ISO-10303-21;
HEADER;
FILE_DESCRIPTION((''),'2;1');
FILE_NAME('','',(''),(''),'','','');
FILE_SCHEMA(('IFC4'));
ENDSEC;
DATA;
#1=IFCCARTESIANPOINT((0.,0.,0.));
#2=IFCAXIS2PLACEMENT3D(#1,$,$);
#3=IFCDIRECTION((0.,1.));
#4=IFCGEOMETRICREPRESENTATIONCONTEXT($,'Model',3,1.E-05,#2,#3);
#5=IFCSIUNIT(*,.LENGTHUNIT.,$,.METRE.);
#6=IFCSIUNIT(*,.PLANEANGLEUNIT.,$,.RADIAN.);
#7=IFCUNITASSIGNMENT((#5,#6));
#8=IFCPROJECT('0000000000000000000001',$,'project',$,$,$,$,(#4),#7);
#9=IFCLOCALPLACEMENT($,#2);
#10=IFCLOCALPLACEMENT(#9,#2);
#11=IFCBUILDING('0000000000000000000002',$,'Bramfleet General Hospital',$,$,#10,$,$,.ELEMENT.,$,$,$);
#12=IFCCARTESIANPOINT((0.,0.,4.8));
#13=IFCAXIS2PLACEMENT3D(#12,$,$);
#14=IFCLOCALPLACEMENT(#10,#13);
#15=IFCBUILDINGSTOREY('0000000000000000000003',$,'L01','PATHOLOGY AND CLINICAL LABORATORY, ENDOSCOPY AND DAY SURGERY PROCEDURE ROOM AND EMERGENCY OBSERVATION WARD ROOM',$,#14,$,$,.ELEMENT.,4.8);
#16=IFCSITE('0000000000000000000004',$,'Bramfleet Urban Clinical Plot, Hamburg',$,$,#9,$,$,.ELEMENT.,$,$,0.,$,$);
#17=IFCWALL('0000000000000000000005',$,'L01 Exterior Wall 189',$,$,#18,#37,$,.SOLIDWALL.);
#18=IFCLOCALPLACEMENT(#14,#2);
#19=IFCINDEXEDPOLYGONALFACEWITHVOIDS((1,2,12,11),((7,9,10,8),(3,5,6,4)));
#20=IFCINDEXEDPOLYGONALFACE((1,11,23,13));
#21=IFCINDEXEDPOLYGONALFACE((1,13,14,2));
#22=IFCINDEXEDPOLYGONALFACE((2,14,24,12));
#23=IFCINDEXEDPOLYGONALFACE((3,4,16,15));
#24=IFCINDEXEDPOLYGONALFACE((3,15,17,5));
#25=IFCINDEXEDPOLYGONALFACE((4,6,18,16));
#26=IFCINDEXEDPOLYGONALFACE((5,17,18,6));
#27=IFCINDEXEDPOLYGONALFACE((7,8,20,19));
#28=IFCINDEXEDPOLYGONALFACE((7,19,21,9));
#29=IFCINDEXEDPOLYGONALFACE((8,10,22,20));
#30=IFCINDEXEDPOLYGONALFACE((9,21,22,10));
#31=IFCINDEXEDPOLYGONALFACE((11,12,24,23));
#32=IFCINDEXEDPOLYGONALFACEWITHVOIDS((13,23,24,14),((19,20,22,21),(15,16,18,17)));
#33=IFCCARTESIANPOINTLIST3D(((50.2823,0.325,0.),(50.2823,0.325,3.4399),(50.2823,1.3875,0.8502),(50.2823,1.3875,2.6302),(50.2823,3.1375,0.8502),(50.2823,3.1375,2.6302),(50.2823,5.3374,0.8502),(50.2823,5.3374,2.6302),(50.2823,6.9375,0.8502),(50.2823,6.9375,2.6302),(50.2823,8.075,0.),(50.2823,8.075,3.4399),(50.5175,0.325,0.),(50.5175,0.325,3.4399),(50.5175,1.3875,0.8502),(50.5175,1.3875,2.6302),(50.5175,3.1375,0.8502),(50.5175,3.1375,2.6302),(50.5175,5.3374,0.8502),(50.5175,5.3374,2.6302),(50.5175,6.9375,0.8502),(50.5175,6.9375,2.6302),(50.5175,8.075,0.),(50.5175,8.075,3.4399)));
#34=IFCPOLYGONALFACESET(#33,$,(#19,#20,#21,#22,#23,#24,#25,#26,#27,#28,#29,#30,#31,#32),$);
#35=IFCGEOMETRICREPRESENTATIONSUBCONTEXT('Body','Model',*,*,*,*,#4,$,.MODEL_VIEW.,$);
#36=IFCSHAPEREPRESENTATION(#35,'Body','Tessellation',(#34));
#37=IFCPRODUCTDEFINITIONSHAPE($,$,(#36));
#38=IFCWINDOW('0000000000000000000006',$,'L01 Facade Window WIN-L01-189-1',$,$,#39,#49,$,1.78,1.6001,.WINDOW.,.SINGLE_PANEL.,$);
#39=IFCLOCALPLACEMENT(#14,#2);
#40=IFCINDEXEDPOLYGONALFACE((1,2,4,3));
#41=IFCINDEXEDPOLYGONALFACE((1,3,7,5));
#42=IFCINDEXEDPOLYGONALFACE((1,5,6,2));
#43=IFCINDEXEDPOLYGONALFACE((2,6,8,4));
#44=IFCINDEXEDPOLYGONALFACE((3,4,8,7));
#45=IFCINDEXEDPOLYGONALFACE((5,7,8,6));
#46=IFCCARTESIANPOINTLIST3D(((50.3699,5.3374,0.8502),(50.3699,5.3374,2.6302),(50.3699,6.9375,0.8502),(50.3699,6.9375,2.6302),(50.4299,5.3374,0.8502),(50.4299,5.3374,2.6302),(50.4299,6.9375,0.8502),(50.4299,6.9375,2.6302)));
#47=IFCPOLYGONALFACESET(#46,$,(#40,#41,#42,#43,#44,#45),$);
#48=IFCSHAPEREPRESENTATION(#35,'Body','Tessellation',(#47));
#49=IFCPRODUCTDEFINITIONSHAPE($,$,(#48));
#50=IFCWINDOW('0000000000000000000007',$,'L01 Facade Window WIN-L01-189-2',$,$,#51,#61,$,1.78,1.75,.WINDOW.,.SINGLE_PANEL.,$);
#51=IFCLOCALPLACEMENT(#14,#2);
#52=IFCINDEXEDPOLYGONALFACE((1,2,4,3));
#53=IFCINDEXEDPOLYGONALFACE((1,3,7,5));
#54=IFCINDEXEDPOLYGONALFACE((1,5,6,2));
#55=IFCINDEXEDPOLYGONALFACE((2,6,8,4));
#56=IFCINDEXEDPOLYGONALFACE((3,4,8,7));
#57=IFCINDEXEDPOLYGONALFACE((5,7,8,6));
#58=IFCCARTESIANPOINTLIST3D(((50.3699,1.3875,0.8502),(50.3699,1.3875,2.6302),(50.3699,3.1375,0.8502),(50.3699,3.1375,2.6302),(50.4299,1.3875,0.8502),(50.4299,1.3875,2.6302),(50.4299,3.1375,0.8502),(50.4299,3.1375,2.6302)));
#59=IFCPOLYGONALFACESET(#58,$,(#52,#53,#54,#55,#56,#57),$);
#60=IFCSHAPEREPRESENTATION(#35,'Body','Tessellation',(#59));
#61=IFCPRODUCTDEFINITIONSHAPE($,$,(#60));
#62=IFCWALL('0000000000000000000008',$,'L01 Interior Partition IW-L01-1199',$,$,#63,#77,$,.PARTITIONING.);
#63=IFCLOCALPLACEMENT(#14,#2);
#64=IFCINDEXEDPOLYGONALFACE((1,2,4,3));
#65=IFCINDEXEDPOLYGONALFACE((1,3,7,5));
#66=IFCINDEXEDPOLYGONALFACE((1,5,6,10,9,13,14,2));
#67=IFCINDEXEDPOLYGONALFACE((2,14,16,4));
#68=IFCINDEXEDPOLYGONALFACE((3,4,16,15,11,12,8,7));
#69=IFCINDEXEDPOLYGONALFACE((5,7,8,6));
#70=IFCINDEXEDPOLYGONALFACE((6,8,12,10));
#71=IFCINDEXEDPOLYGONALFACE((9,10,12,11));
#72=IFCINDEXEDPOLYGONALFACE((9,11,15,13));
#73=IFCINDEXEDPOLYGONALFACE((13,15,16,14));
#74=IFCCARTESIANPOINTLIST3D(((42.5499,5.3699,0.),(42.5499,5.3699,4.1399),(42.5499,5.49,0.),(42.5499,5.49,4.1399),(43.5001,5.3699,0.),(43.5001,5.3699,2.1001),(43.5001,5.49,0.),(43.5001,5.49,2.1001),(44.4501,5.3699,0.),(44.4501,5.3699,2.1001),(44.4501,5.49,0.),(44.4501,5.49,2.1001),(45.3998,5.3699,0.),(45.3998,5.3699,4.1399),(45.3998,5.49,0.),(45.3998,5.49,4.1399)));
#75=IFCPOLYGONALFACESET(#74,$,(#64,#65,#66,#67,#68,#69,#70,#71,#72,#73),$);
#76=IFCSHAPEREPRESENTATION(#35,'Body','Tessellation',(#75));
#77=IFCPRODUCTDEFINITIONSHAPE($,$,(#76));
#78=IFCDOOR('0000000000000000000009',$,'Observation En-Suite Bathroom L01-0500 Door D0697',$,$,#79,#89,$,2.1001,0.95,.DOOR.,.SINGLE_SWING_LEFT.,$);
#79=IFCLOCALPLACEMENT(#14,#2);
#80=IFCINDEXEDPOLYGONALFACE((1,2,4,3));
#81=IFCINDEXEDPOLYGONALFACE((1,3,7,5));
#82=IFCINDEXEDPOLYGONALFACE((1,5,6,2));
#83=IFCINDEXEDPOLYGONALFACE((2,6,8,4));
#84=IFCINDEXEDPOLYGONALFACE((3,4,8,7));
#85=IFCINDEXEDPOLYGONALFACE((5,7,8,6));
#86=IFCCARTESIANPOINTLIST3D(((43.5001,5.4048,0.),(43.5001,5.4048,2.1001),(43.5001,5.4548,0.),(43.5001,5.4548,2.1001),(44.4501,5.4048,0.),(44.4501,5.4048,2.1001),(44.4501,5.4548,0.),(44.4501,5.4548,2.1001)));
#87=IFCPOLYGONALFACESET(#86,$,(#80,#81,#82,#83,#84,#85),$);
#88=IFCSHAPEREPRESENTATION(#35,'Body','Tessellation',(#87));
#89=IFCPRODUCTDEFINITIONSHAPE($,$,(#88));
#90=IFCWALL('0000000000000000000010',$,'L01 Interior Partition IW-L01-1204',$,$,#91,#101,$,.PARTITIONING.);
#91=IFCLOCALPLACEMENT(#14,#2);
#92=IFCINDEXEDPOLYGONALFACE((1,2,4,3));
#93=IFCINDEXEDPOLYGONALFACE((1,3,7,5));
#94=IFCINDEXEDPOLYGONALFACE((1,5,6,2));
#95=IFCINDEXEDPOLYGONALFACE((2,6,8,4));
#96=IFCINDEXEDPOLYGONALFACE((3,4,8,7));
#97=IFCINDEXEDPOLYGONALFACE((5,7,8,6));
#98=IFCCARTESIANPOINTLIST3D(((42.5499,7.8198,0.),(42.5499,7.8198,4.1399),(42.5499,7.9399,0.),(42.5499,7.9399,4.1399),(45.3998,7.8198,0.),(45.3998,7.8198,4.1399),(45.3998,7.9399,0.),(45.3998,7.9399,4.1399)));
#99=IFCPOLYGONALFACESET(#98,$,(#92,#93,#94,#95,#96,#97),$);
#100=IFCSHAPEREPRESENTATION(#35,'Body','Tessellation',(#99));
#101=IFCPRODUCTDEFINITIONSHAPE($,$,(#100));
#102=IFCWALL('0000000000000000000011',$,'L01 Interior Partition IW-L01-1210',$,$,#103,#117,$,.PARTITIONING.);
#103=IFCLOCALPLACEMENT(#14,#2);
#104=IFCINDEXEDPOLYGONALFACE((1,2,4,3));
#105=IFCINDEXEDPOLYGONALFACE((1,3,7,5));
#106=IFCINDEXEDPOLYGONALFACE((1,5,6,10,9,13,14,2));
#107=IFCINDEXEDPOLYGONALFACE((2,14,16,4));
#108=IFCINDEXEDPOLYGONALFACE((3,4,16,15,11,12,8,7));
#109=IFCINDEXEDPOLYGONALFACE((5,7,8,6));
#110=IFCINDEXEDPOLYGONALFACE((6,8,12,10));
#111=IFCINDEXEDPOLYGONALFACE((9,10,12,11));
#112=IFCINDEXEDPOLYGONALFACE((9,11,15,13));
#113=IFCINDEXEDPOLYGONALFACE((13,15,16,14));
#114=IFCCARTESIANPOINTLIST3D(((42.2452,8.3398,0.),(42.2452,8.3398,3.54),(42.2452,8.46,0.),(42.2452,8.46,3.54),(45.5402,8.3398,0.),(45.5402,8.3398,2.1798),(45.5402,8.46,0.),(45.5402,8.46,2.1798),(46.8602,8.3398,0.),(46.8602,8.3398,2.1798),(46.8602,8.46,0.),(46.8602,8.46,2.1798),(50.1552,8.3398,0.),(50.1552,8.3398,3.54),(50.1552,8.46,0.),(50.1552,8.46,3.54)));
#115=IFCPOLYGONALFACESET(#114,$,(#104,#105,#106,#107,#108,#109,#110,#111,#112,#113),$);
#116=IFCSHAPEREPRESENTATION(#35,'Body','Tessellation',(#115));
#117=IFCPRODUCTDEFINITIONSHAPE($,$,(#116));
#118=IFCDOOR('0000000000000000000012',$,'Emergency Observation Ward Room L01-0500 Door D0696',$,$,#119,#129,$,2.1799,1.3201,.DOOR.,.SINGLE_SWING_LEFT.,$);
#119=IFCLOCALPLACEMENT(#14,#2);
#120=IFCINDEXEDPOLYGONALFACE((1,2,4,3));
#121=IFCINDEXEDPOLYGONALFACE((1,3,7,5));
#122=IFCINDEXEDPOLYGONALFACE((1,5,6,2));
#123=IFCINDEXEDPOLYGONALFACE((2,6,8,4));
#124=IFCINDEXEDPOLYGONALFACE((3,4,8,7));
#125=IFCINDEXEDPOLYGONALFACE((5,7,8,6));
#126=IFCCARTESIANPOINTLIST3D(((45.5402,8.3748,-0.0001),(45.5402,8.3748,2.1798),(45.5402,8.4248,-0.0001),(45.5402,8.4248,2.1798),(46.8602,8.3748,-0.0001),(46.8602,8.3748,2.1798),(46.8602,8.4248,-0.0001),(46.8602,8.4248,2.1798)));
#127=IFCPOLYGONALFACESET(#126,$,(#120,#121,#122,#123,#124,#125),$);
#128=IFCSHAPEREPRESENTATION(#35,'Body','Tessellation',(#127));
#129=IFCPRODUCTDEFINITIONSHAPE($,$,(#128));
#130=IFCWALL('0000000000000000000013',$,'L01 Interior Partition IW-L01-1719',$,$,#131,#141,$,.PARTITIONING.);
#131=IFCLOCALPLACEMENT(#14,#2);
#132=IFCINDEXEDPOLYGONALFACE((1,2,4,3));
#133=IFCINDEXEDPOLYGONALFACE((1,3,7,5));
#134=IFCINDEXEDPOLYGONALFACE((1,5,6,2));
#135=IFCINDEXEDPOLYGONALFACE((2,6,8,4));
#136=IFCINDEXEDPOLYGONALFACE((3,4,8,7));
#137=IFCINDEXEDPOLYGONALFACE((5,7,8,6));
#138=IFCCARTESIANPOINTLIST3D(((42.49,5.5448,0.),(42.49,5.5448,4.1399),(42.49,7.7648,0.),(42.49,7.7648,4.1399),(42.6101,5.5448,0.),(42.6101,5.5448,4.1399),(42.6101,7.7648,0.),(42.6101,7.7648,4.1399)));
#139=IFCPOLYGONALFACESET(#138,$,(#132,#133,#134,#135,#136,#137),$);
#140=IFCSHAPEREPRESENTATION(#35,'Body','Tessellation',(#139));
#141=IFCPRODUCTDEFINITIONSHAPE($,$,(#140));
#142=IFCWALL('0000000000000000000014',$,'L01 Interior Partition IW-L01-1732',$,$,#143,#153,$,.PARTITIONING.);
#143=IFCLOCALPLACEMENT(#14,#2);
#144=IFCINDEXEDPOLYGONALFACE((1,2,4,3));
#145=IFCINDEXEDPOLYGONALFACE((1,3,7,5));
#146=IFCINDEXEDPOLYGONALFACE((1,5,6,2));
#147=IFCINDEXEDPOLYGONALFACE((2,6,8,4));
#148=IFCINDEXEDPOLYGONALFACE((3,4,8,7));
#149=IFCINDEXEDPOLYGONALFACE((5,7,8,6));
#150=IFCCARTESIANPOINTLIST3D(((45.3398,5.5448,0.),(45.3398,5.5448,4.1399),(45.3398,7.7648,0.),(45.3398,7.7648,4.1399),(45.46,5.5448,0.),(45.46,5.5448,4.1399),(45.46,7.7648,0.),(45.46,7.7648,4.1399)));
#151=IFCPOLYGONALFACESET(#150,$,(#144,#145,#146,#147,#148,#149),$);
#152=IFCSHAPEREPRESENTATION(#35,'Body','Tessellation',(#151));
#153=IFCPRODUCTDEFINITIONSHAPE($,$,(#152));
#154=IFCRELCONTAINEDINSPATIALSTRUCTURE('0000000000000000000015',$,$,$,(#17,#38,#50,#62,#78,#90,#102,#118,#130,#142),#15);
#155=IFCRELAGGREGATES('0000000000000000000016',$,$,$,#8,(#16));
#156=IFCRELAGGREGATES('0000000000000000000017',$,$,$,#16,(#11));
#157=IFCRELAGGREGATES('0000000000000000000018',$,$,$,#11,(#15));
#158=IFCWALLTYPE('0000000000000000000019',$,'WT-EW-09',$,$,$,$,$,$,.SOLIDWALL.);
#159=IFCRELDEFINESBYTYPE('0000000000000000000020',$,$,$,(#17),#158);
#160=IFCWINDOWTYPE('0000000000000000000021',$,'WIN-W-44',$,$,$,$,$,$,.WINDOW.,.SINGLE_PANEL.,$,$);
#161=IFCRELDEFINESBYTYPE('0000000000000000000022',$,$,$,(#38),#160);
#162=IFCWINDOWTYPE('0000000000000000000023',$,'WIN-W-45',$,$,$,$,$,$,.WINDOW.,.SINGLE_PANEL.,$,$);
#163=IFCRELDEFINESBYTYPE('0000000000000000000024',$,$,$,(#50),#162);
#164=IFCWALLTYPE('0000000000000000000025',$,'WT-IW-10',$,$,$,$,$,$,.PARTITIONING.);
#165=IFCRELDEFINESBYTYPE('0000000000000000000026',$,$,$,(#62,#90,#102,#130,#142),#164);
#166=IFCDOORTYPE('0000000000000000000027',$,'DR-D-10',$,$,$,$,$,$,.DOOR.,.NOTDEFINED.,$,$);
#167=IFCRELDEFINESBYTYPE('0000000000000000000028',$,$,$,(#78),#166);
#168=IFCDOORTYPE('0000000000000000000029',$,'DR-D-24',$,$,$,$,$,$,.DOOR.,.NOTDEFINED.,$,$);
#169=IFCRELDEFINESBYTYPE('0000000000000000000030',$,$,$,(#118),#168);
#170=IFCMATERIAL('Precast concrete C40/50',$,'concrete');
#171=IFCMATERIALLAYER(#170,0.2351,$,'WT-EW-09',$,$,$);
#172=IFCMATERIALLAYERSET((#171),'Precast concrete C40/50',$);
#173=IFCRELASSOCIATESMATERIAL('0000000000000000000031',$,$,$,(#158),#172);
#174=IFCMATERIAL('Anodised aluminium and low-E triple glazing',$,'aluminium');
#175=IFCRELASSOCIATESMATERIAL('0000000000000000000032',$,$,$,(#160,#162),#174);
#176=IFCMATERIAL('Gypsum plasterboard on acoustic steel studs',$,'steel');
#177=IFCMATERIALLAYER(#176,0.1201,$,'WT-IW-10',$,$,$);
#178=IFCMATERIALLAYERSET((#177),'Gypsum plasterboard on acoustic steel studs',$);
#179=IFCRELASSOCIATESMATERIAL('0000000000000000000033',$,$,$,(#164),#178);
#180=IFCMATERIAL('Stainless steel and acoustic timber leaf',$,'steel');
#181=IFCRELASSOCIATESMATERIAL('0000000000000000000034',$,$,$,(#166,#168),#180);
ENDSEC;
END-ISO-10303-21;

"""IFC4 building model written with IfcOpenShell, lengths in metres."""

from ifc_helpers import new_model, si_unit, direction, frame, frame_2d, origin, place, context, subcontext, project, spatial, rectangle, extrude, material, layer, layer_set, type_object, element, fill, save


model = new_model("IFC4")

# Units and contexts
model_context = context("Model", 3, precision=1e-05, world=origin(), true_north=direction((0.0, 1.0)))
body_context = subcontext(model_context, "Body", "Model", "MODEL_VIEW")
ifc_project = project(units=[si_unit("LENGTHUNIT", "METRE"), si_unit("PLANEANGLEUNIT", "RADIAN")], contexts=[model_context])

# Site, building, storey
site_placement = place(None, origin())
site = spatial("IfcSite", under=ifc_project, at=site_placement, Name="Bramfleet Urban Clinical Plot, Hamburg", CompositionType="ELEMENT", RefElevation=0.0)
building_placement = place(site_placement, origin())
building = spatial("IfcBuilding", under=site, at=building_placement, Name="Bramfleet General Hospital", CompositionType="ELEMENT")
storey_placement = place(building_placement, frame((0.0, 0.0, 4.8)))
storey = spatial("IfcBuildingStorey", under=building, at=storey_placement, Name="L01", Description="PATHOLOGY AND CLINICAL LABORATORY, ENDOSCOPY AND DAY SURGERY PROCEDURE ROOM AND EMERGENCY OBSERVATION WARD ROOM", CompositionType="ELEMENT", Elevation=4.8)

# Shared definitions
ifc_material_1 = material(Name="Anodised aluminium and low-E triple glazing", Category="aluminium")

# Wall, openings, windows
ifc_material_2 = material(Name="Precast concrete C40/50", Category="concrete")
ifc_layer_1 = layer(ifc_material_2, 0.2351, Name="WT-EW-09")
ifc_layer_set_1 = layer_set([ifc_layer_1], Name="Precast concrete C40/50")
wall_type_1 = type_object("IfcWallType", Name="WT-EW-09", PredefinedType="SOLIDWALL", material=ifc_layer_set_1)
wall_1_placement = place(storey_placement, frame((50.3999, 8.075, 0.0), z_axis=(0.0, 0.0, 1.0), x_axis=(0.0, -1.0, 0.0)))
wall_1 = element("IfcWall", 1, at=wall_1_placement, inside=storey, type_object=wall_type_1, Name="L01 Exterior Wall 189", PredefinedType="SOLIDWALL", context=body_context, shape_type="SweptSolid", body=[
    extrude(rectangle(XDim=7.75, YDim=0.2351, at=frame_2d((3.875, 0.0))), origin(), (0.0, 0.0, 1.0), 3.4399),
])
opening_1_placement = place(wall_1_placement, frame((1.1375, 0.0, 0.8501)))
opening_1 = element("IfcOpeningElement", 2, at=opening_1_placement, cuts=wall_1, PredefinedType="OPENING", context=body_context, shape_type="SweptSolid", body=[
    extrude(rectangle(XDim=1.6001, YDim=1.78, at=frame_2d((0.8, 0.8901))), frame((0.0, 0.1274, 0.0), z_axis=(0.0, -1.0, 0.0), x_axis=(1.0, 0.0, 0.0)), (0.0, 0.0, 1.0), 0.2551),
])
opening_2_placement = place(wall_1_placement, frame((4.9375, 0.0, 0.8501)))
opening_2 = element("IfcOpeningElement", 3, at=opening_2_placement, cuts=wall_1, PredefinedType="OPENING", context=body_context, shape_type="SweptSolid", body=[
    extrude(rectangle(XDim=1.75, YDim=1.78, at=frame_2d((0.875, 0.8901))), frame((0.0, 0.1274, 0.0), z_axis=(0.0, -1.0, 0.0), x_axis=(1.0, 0.0, 0.0)), (0.0, 0.0, 1.0), 0.2551),
])
window_type_1 = type_object("IfcWindowType", Name="WIN-W-44", PartitioningType="SINGLE_PANEL", PredefinedType="WINDOW", material=ifc_material_1)
window_1_placement = place(opening_1_placement, origin())
window_1 = element("IfcWindow", 4, at=window_1_placement, inside=storey, type_object=window_type_1, Name="L01 Facade Window WIN-L01-189-1", OverallHeight=1.78, OverallWidth=1.6001, PartitioningType="SINGLE_PANEL", PredefinedType="WINDOW", context=body_context, shape_type="SweptSolid", body=[
    extrude(rectangle(XDim=1.6001, YDim=1.78, at=frame_2d((0.8, 0.8901))), frame((0.0, 0.03, 0.0), z_axis=(0.0, -1.0, 0.0), x_axis=(1.0, 0.0, 0.0)), (0.0, 0.0, 1.0), 0.0601),
])
fill(opening_1, window_1)
window_type_2 = type_object("IfcWindowType", Name="WIN-W-45", PartitioningType="SINGLE_PANEL", PredefinedType="WINDOW", material=ifc_material_1)
window_2_placement = place(opening_2_placement, origin())
window_2 = element("IfcWindow", 5, at=window_2_placement, inside=storey, type_object=window_type_2, Name="L01 Facade Window WIN-L01-189-2", OverallHeight=1.78, OverallWidth=1.75, PartitioningType="SINGLE_PANEL", PredefinedType="WINDOW", context=body_context, shape_type="SweptSolid", body=[
    extrude(rectangle(XDim=1.75, YDim=1.78, at=frame_2d((0.875, 0.8901))), frame((0.0, 0.03, 0.0), z_axis=(0.0, -1.0, 0.0), x_axis=(1.0, 0.0, 0.0)), (0.0, 0.0, 1.0), 0.0601),
])
fill(opening_2, window_2)

# Wall, opening, door
ifc_material_3 = material(Name="Gypsum plasterboard on acoustic steel studs", Category="steel")
ifc_layer_2 = layer(ifc_material_3, 0.1201, Name="WT-IW-10")
ifc_layer_set_2 = layer_set([ifc_layer_2], Name="Gypsum plasterboard on acoustic steel studs")
wall_type_2 = type_object("IfcWallType", Name="WT-IW-10", PredefinedType="PARTITIONING", material=ifc_layer_set_2)
wall_2_placement = place(storey_placement, frame((42.55, 5.4299, 0.0), z_axis=(0.0, 0.0, 1.0), x_axis=(1.0, 0.0, 0.0)))
wall_2 = element("IfcWall", 6, at=wall_2_placement, inside=storey, type_object=wall_type_2, Name="L01 Interior Partition IW-L01-1199", PredefinedType="PARTITIONING", context=body_context, shape_type="SweptSolid", body=[
    extrude(rectangle(XDim=2.8499, YDim=0.1201, at=frame_2d((1.4248, 0.0))), origin(), (0.0, 0.0, 1.0), 4.1399),
])
opening_3_placement = place(wall_2_placement, frame((0.95, 0.0, 0.0)))
opening_3 = element("IfcOpeningElement", 7, at=opening_3_placement, cuts=wall_2, PredefinedType="OPENING", context=body_context, shape_type="SweptSolid", body=[
    extrude(rectangle(XDim=0.95, YDim=2.1001, at=frame_2d((0.4751, 1.05))), frame((0.0, 0.0701, 0.0), z_axis=(0.0, -1.0, 0.0), x_axis=(1.0, 0.0, 0.0)), (0.0, 0.0, 1.0), 0.1401),
])
ifc_material_4 = material(Name="Stainless steel and acoustic timber leaf", Category="steel")
door_type_1 = type_object("IfcDoorType", Name="DR-D-10", OperationType="NOTDEFINED", PredefinedType="DOOR", material=ifc_material_4)
door_1_placement = place(opening_3_placement, origin())
door_1 = element("IfcDoor", 8, at=door_1_placement, inside=storey, type_object=door_type_1, Name="Observation En-Suite Bathroom L01-0500 Door D0697", OperationType="SINGLE_SWING_LEFT", OverallHeight=2.1001, OverallWidth=0.95, PredefinedType="DOOR", context=body_context, shape_type="SweptSolid", body=[
    extrude(rectangle(XDim=0.95, YDim=2.1001, at=frame_2d((0.4751, 1.05))), frame((0.0, 0.0249, 0.0), z_axis=(0.0, -1.0, 0.0), x_axis=(1.0, 0.0, 0.0)), (0.0, 0.0, 1.0), 0.05),
])
fill(opening_3, door_1)

# Wall
wall_3_placement = place(storey_placement, frame((42.55, 7.8799, 0.0), z_axis=(0.0, 0.0, 1.0), x_axis=(1.0, 0.0, 0.0)))
element("IfcWall", 9, at=wall_3_placement, inside=storey, type_object=wall_type_2, Name="L01 Interior Partition IW-L01-1204", PredefinedType="PARTITIONING", context=body_context, shape_type="SweptSolid", body=[
    extrude(rectangle(XDim=2.8499, YDim=0.1201, at=frame_2d((1.4248, 0.0))), origin(), (0.0, 0.0, 1.0), 4.1399),
])

# Wall, opening, door
wall_4_placement = place(storey_placement, frame((42.2451, 8.3999, 0.0), z_axis=(0.0, 0.0, 1.0), x_axis=(1.0, 0.0, 0.0)))
wall_4 = element("IfcWall", 10, at=wall_4_placement, inside=storey, type_object=wall_type_2, Name="L01 Interior Partition IW-L01-1210", PredefinedType="PARTITIONING", context=body_context, shape_type="SweptSolid", body=[
    extrude(rectangle(XDim=7.9099, YDim=0.1201, at=frame_2d((3.9551, 0.0))), origin(), (0.0, 0.0, 1.0), 3.54),
])
opening_4_placement = place(wall_4_placement, frame((3.2949, 0.0, 0.0)))
opening_4 = element("IfcOpeningElement", 11, at=opening_4_placement, cuts=wall_4, PredefinedType="OPENING", context=body_context, shape_type="SweptSolid", body=[
    extrude(rectangle(XDim=1.3201, YDim=2.1799, at=frame_2d((0.6602, 1.0898))), frame((0.0, 0.0701, 0.0), z_axis=(0.0, -1.0, 0.0), x_axis=(1.0, 0.0, 0.0)), (0.0, 0.0, 1.0), 0.1401),
])
door_type_2 = type_object("IfcDoorType", Name="DR-D-24", OperationType="NOTDEFINED", PredefinedType="DOOR", material=ifc_material_4)
door_2_placement = place(opening_4_placement, origin())
door_2 = element("IfcDoor", 12, at=door_2_placement, inside=storey, type_object=door_type_2, Name="Emergency Observation Ward Room L01-0500 Door D0696", OperationType="SINGLE_SWING_LEFT", OverallHeight=2.1799, OverallWidth=1.3201, PredefinedType="DOOR", context=body_context, shape_type="SweptSolid", body=[
    extrude(rectangle(XDim=1.3201, YDim=2.1799, at=frame_2d((0.6602, 1.0898))), frame((0.0, 0.0249, 0.0), z_axis=(0.0, -1.0, 0.0), x_axis=(1.0, 0.0, 0.0)), (0.0, 0.0, 1.0), 0.05),
])
fill(opening_4, door_2)

# Walls
for number, where, z_axis, x_axis, name in (
    (13, (42.55, 5.5449, 0.0), (0.0, 0.0, 1.0), (0.0, 1.0, 0.0), "L01 Interior Partition IW-L01-1719"),
    (14, (45.3999, 5.5449, 0.0), (0.0, 0.0, 1.0), (0.0, 1.0, 0.0), "L01 Interior Partition IW-L01-1732"),
):
    element("IfcWall", number, at=place(storey_placement, frame(where, z_axis=z_axis, x_axis=x_axis)), inside=storey, type_object=wall_type_2, Name=name, PredefinedType="PARTITIONING", context=body_context, shape_type="SweptSolid", body=[
        extrude(rectangle(XDim=2.22, YDim=0.1201, at=frame_2d((1.1099, 0.0))), origin(), (0.0, 0.0, 1.0), 4.1399),
    ])

save(model, "model.ifc")
